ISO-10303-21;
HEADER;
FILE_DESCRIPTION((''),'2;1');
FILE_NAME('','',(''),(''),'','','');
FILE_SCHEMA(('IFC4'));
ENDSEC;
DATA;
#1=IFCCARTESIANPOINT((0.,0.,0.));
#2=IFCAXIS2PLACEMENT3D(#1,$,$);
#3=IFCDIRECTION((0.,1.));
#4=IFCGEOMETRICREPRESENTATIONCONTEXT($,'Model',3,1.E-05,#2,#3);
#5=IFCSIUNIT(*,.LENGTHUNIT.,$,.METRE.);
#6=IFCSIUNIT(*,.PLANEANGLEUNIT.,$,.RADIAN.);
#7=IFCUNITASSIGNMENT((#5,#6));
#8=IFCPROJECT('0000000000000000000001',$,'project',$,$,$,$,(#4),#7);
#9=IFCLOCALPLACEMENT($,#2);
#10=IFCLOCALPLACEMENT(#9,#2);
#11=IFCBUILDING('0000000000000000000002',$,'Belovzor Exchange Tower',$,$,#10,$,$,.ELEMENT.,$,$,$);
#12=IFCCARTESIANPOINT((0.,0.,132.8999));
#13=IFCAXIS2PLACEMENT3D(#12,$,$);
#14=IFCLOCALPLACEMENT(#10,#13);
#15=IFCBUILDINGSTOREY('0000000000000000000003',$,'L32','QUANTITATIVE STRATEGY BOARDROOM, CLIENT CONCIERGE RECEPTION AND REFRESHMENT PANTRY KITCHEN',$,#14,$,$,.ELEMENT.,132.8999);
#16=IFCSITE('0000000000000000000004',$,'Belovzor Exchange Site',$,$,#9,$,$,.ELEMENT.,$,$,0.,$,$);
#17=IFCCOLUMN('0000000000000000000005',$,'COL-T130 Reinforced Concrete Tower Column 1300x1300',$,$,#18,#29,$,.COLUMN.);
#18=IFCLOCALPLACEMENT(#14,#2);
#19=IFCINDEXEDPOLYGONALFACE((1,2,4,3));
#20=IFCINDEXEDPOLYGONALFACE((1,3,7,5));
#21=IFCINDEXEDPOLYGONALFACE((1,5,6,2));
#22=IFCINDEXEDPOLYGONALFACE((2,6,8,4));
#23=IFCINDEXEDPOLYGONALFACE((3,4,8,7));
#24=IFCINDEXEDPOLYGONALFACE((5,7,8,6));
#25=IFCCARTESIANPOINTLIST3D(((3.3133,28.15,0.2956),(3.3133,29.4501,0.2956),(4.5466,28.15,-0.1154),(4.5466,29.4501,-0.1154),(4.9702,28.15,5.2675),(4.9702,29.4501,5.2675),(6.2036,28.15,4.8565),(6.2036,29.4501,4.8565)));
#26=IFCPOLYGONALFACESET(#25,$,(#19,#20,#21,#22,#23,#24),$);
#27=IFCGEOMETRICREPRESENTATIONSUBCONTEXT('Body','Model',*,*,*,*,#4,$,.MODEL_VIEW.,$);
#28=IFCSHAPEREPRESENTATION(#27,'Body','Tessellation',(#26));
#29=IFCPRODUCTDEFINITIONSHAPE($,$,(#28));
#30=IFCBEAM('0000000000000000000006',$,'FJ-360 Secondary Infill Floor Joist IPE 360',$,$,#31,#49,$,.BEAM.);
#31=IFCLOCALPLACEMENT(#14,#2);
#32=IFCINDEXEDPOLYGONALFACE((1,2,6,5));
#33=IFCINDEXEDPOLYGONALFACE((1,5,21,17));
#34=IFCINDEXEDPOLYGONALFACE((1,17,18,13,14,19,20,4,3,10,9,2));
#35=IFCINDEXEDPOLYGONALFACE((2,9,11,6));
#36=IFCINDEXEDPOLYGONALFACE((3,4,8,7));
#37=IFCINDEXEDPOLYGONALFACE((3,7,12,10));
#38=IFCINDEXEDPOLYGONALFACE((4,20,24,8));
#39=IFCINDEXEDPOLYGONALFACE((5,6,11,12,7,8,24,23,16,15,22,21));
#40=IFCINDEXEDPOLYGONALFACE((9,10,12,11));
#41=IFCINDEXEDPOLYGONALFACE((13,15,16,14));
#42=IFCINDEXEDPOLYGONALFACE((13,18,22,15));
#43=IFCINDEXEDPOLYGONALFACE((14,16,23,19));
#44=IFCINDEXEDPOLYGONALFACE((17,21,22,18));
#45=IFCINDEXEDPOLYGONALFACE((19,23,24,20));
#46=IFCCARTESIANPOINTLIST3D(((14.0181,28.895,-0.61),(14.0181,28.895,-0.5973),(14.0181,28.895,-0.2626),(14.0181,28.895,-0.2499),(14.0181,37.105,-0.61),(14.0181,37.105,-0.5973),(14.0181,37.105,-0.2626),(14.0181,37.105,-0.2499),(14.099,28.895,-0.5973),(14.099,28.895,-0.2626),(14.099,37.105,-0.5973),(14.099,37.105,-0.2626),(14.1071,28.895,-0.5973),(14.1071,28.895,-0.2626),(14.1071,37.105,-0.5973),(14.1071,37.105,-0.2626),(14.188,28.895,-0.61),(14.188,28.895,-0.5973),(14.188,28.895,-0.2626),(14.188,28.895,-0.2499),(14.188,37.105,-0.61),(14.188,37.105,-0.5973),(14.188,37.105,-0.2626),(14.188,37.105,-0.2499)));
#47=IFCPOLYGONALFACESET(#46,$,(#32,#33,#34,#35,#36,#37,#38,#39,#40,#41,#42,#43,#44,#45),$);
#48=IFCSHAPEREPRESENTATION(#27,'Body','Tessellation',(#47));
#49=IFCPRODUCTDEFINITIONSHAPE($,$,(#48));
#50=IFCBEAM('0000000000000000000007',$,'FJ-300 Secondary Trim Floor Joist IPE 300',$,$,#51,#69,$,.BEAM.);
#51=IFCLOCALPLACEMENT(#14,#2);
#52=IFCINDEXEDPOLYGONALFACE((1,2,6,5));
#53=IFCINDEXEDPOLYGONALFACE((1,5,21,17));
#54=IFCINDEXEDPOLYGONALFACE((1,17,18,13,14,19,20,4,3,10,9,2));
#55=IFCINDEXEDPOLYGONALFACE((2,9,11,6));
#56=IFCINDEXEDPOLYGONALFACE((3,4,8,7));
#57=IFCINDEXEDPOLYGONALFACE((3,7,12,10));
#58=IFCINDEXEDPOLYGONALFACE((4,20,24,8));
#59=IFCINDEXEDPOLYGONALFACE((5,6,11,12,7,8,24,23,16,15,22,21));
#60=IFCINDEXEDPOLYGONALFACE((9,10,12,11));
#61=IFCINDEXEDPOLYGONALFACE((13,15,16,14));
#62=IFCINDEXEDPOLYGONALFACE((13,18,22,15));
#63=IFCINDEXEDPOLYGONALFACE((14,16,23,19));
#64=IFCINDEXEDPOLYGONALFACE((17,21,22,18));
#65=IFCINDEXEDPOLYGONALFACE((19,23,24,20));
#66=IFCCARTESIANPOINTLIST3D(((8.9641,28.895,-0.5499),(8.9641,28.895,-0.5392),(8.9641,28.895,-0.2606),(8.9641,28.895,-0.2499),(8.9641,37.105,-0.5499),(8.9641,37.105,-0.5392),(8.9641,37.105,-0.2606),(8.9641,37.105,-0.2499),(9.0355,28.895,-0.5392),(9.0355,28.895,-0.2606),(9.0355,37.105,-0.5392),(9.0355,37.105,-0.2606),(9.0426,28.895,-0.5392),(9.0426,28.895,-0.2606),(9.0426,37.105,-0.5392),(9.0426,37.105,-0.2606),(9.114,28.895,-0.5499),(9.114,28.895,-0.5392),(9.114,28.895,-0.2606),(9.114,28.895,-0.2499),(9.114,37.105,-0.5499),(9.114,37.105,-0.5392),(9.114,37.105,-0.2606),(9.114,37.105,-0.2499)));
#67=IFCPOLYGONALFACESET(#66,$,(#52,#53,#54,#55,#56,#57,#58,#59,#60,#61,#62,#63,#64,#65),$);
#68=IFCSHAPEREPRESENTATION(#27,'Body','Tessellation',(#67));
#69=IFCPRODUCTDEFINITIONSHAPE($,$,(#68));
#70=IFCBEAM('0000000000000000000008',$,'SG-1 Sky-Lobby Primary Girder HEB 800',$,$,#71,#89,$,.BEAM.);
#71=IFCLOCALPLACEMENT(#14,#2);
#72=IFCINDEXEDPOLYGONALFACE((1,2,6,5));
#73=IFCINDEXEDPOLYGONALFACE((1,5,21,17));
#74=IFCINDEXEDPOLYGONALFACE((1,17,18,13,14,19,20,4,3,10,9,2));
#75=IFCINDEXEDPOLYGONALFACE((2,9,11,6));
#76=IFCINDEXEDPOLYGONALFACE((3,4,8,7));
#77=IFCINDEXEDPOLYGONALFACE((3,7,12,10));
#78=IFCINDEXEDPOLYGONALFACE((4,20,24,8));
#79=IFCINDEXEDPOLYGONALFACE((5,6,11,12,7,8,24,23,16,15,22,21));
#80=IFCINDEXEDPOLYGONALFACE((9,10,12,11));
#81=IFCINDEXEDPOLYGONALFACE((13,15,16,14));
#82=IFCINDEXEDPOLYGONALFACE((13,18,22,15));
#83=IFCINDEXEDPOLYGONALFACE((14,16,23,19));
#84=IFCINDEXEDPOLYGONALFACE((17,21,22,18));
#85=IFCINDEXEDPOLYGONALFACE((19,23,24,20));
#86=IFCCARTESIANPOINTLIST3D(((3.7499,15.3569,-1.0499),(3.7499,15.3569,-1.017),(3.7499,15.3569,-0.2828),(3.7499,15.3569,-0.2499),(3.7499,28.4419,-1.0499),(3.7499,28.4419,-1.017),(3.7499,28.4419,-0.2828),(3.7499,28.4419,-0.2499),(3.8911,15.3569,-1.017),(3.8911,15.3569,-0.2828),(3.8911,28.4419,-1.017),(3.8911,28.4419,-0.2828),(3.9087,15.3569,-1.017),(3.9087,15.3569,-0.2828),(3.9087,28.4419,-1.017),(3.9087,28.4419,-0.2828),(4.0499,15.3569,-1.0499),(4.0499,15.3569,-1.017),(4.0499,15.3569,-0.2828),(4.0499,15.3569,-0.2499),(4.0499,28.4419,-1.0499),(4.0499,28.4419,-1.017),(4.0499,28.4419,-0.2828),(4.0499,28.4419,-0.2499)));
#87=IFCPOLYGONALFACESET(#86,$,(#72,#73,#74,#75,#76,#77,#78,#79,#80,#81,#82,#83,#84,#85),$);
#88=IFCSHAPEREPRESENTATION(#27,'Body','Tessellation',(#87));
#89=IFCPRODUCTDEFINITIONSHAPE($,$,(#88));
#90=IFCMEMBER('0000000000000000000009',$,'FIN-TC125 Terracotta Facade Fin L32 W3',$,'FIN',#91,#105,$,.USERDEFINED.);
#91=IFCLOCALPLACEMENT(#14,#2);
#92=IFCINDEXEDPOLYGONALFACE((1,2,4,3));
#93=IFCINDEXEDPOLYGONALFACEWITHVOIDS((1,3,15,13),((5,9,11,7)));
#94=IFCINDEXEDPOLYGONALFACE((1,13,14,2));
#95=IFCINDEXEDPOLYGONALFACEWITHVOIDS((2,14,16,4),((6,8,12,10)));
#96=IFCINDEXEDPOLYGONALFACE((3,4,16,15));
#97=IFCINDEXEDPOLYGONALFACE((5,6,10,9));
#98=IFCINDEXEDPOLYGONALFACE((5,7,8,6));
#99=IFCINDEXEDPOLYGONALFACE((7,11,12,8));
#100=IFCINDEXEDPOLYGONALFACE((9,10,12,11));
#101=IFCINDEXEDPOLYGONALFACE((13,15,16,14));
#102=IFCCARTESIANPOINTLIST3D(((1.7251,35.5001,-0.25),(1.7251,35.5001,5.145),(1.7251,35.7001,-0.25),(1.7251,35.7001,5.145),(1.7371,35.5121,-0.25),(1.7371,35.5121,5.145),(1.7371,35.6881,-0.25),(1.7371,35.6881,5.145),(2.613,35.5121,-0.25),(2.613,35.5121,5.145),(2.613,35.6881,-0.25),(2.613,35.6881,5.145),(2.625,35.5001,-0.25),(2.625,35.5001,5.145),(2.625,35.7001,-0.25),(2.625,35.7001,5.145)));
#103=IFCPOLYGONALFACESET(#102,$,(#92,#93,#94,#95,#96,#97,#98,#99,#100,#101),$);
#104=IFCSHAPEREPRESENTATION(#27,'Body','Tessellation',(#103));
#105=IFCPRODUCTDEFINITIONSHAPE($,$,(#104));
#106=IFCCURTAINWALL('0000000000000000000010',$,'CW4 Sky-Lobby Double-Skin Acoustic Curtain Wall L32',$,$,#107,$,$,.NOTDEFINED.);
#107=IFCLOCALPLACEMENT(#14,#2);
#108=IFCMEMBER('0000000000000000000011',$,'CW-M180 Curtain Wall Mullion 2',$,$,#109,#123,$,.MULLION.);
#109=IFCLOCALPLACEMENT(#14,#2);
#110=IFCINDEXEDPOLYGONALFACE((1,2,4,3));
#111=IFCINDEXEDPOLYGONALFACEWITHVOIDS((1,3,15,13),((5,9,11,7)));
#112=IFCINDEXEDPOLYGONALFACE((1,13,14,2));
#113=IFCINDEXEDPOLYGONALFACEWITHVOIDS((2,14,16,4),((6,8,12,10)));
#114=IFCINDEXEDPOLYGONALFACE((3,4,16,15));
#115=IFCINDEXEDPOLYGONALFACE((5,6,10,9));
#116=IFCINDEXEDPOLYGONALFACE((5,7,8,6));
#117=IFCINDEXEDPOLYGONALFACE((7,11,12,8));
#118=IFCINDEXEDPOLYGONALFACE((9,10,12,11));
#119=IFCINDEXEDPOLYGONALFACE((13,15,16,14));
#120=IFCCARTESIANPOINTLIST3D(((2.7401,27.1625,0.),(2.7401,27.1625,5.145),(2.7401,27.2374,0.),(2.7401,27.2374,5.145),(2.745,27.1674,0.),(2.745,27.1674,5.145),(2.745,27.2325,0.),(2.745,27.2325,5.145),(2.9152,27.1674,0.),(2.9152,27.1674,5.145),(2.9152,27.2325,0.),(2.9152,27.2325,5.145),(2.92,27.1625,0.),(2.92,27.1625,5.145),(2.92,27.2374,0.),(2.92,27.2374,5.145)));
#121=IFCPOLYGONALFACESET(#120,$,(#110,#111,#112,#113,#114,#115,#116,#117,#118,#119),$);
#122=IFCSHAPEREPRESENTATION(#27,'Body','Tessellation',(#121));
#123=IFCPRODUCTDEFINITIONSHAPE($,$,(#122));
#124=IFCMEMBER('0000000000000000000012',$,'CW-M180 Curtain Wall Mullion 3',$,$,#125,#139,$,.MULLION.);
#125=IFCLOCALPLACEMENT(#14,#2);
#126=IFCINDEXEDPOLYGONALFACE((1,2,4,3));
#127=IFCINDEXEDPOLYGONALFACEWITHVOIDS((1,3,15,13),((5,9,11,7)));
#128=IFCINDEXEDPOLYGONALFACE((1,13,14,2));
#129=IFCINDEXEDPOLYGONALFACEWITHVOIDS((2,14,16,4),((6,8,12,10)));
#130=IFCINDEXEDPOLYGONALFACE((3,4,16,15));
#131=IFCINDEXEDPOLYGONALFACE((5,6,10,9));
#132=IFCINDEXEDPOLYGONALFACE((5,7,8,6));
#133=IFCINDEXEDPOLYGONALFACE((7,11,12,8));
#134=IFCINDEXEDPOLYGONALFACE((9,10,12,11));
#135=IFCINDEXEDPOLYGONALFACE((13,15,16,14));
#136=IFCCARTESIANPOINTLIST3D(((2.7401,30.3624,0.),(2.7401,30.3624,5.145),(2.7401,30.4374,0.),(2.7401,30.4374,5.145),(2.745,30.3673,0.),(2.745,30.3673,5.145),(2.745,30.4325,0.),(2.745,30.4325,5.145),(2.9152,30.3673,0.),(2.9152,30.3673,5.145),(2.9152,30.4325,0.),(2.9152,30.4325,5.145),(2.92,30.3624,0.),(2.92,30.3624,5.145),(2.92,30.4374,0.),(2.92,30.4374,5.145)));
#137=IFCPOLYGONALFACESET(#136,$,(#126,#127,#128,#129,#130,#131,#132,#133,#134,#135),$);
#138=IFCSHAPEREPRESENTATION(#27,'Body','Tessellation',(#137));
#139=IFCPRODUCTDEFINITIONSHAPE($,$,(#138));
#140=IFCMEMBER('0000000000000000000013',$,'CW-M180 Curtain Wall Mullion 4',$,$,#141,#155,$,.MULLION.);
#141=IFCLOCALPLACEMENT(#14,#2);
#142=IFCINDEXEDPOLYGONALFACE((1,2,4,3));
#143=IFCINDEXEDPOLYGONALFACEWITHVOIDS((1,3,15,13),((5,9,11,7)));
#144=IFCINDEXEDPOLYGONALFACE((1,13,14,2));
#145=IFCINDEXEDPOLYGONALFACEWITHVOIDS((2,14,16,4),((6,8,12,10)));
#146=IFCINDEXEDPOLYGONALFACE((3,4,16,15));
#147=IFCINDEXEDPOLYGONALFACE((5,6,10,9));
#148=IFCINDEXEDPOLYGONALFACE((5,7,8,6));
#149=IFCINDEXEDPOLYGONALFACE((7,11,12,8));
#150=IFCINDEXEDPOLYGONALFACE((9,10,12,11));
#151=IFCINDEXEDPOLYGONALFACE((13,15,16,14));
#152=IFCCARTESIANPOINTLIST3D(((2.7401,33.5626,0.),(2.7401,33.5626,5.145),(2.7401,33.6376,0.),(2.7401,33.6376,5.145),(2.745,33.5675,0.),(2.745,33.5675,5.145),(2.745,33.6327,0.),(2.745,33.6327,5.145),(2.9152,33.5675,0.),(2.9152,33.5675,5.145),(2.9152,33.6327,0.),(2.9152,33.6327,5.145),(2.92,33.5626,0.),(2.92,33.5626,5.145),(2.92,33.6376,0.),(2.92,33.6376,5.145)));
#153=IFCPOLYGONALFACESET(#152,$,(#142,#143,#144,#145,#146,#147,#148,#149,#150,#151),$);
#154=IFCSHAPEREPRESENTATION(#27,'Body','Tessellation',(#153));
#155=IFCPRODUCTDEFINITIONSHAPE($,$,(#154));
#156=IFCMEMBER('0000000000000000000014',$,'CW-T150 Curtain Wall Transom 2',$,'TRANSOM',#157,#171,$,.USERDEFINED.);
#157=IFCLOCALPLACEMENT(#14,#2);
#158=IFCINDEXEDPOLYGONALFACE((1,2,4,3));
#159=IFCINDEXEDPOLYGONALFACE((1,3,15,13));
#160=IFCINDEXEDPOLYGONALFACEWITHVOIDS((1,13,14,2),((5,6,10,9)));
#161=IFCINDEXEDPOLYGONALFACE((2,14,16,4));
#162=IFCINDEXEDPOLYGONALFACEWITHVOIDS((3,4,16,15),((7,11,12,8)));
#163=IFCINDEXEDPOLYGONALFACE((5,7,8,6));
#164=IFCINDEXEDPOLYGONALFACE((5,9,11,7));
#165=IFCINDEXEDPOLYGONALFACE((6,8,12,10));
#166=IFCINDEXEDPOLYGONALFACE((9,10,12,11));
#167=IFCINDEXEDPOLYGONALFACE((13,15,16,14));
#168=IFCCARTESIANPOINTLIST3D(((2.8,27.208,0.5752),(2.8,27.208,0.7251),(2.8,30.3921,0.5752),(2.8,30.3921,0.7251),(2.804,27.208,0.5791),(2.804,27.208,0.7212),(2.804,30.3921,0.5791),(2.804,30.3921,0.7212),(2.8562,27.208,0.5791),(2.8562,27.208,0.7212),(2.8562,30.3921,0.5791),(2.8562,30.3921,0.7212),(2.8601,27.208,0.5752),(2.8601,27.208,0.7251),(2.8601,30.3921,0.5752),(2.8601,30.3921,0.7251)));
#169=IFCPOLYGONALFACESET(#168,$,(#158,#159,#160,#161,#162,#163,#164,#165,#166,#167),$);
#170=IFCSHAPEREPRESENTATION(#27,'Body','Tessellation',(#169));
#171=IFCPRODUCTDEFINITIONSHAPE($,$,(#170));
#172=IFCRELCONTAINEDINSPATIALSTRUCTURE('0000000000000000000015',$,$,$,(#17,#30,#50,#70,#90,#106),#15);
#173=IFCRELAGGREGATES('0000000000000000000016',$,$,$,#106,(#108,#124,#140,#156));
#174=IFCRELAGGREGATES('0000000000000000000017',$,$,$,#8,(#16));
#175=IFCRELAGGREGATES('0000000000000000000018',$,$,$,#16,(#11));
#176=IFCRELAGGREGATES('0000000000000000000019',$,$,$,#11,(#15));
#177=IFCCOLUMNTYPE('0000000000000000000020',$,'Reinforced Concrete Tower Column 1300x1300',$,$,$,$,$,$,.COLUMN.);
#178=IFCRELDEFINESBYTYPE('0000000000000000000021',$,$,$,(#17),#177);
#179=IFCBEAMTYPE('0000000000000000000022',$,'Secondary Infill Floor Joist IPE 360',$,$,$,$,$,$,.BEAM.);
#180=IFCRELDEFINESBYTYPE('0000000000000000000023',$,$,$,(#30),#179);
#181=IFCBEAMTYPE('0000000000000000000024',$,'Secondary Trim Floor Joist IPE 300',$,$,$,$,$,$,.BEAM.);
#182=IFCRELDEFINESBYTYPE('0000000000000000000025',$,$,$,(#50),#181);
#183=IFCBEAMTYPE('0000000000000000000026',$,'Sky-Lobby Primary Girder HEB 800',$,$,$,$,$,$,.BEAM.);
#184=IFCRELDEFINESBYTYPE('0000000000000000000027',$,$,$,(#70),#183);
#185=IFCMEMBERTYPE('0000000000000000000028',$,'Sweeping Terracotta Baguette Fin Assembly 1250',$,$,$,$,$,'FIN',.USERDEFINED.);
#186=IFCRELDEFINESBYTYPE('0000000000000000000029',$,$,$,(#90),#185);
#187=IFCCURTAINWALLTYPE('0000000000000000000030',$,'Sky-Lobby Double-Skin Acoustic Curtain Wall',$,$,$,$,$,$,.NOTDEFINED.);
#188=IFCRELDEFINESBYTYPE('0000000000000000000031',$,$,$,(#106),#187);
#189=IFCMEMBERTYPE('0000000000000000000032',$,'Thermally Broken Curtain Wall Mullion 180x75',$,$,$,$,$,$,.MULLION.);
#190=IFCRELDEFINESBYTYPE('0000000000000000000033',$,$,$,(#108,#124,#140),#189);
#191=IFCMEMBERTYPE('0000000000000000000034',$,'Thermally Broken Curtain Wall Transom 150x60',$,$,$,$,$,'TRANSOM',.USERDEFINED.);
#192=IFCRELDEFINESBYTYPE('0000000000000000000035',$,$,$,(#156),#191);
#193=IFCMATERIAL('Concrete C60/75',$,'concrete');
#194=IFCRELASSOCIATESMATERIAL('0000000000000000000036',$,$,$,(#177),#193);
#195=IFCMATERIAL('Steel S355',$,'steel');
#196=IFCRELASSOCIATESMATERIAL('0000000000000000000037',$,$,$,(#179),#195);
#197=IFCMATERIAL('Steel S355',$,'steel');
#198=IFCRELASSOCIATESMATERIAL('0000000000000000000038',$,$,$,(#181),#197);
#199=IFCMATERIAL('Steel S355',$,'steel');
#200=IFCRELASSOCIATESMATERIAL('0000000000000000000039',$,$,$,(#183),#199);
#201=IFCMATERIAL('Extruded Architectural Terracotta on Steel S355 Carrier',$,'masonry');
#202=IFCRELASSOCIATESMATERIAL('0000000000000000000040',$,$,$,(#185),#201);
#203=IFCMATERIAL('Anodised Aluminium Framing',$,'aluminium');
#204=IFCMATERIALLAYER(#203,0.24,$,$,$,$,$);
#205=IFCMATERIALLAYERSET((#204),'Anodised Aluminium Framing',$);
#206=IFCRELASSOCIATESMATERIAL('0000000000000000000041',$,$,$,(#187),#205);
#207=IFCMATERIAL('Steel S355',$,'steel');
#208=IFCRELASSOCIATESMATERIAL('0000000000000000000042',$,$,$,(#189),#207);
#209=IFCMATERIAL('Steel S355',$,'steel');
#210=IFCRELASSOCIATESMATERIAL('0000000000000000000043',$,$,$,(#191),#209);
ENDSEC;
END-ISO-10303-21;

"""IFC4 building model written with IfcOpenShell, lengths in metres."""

from ifc_helpers import new_model, si_unit, direction, frame, origin, origin_2d, place, context, subcontext, project, spatial, rectangle, hollow_rectangle, i_section, extrude, material, layer, layer_set, material_profile, profile_set, type_object, element, aggregate, save


model = new_model("IFC4")

# Units and contexts
model_context = context("Model", 3, precision=1e-05, world=origin(), true_north=direction((0.0, 1.0)))
body_context = subcontext(model_context, "Body", "Model", "MODEL_VIEW")
ifc_project = project(units=[si_unit("LENGTHUNIT", "METRE"), si_unit("PLANEANGLEUNIT", "RADIAN")], contexts=[model_context])

# Site, building, storey
site_placement = place(None, origin())
site = spatial("IfcSite", under=ifc_project, at=site_placement, Name="Belovzor Exchange Site", CompositionType="ELEMENT", RefElevation=0.0)
building_placement = place(site_placement, origin())
building = spatial("IfcBuilding", under=site, at=building_placement, Name="Belovzor Exchange Tower", CompositionType="ELEMENT")
storey_placement = place(building_placement, frame((0.0, 0.0, 132.8999)))
storey = spatial("IfcBuildingStorey", under=building, at=storey_placement, Name="L32", Description="QUANTITATIVE STRATEGY BOARDROOM, CLIENT CONCIERGE RECEPTION AND REFRESHMENT PANTRY KITCHEN", CompositionType="ELEMENT", Elevation=132.8999)

# Column
ifc_material_1 = material(Name="Concrete C60/75", Category="concrete")
ifc_material_profile_1 = material_profile(ifc_material_1, rectangle(XDim=1.3, YDim=1.3, at=origin_2d()))
ifc_profile_set_1 = profile_set([ifc_material_profile_1], Name="Concrete C60/75")
column_type = type_object("IfcColumnType", Name="Reinforced Concrete Tower Column 1300x1300", PredefinedType="COLUMN", material=ifc_profile_set_1)
column_placement = place(storey_placement, frame((3.9299, 28.8, 0.0901), z_axis=(0.316172, 0.0, 0.948702), x_axis=(0.0, 1.0, 0.0)))
element("IfcColumn", 1, at=column_placement, inside=storey, type_object=column_type, Name="COL-T130 Reinforced Concrete Tower Column 1300x1300", PredefinedType="COLUMN", context=body_context, shape_type="SweptSolid", body=[
    extrude(rectangle(XDim=1.3, YDim=1.3, at=origin_2d()), origin(), (0.0, 0.0, 1.0), 5.2407),
])

# Beams
ifc_material_2 = material(Name="Steel S355", Category="steel")
ifc_material_profile_2 = material_profile(ifc_material_2, i_section(OverallWidth=0.1699, OverallDepth=0.3601, WebThickness=0.0081, FlangeThickness=0.0127, at=origin_2d()))
ifc_profile_set_2 = profile_set([ifc_material_profile_2], Name="Steel S355")
beam_type_1 = type_object("IfcBeamType", Name="Secondary Infill Floor Joist IPE 360", PredefinedType="BEAM", material=ifc_profile_set_2)
beam_1_placement = place(storey_placement, frame((14.103, 28.895, -0.4299), z_axis=(0.0, 1.0, 0.0), x_axis=(-1.0, 0.0, 0.0)))
element("IfcBeam", 2, at=beam_1_placement, inside=storey, type_object=beam_type_1, Name="FJ-360 Secondary Infill Floor Joist IPE 360", PredefinedType="BEAM", context=body_context, shape_type="SweptSolid", body=[
    extrude(i_section(OverallWidth=0.1699, OverallDepth=0.3601, WebThickness=0.0081, FlangeThickness=0.0127, at=origin_2d()), origin(), (0.0, 0.0, 1.0), 8.21),
])
ifc_material_3 = material(Name="Steel S355", Category="steel")
ifc_material_profile_3 = material_profile(ifc_material_3, i_section(OverallWidth=0.1499, OverallDepth=0.3, WebThickness=0.0071, FlangeThickness=0.0107, at=origin_2d()))
ifc_profile_set_3 = profile_set([ifc_material_profile_3], Name="Steel S355")
beam_type_2 = type_object("IfcBeamType", Name="Secondary Trim Floor Joist IPE 300", PredefinedType="BEAM", material=ifc_profile_set_3)
beam_2_placement = place(storey_placement, frame((9.0391, 28.895, -0.3999), z_axis=(0.0, 1.0, 0.0), x_axis=(-1.0, 0.0, 0.0)))
element("IfcBeam", 3, at=beam_2_placement, inside=storey, type_object=beam_type_2, Name="FJ-300 Secondary Trim Floor Joist IPE 300", PredefinedType="BEAM", context=body_context, shape_type="SweptSolid", body=[
    extrude(i_section(OverallWidth=0.1499, OverallDepth=0.3, WebThickness=0.0071, FlangeThickness=0.0107, at=origin_2d()), origin(), (0.0, 0.0, 1.0), 8.21),
])
ifc_material_4 = material(Name="Steel S355", Category="steel")
ifc_material_profile_4 = material_profile(ifc_material_4, i_section(OverallWidth=0.3, OverallDepth=0.8, WebThickness=0.0176, FlangeThickness=0.033, at=origin_2d()))
ifc_profile_set_4 = profile_set([ifc_material_profile_4], Name="Steel S355")
beam_type_3 = type_object("IfcBeamType", Name="Sky-Lobby Primary Girder HEB 800", PredefinedType="BEAM", material=ifc_profile_set_4)
beam_3_placement = place(storey_placement, frame((3.8999, 28.4419, -0.6499), z_axis=(0.0, -1.0, 0.0), x_axis=(1.0, 0.0, 0.0)))
element("IfcBeam", 4, at=beam_3_placement, inside=storey, type_object=beam_type_3, Name="SG-1 Sky-Lobby Primary Girder HEB 800", PredefinedType="BEAM", context=body_context, shape_type="SweptSolid", body=[
    extrude(i_section(OverallWidth=0.3, OverallDepth=0.8, WebThickness=0.0176, FlangeThickness=0.033, at=origin_2d()), origin(), (0.0, 0.0, 1.0), 13.085),
])

# Member
ifc_material_5 = material(Name="Extruded Architectural Terracotta on Steel S355 Carrier", Category="masonry")
ifc_material_profile_5 = material_profile(ifc_material_5, hollow_rectangle(XDim=0.2, YDim=0.8999, WallThickness=0.012, at=origin_2d()))
ifc_profile_set_5 = profile_set([ifc_material_profile_5], Name="Extruded Architectural Terracotta on Steel S355 Carrier")
member_type_1 = type_object("IfcMemberType", Name="Sweeping Terracotta Baguette Fin Assembly 1250", ElementType="FIN", PredefinedType="USERDEFINED", material=ifc_profile_set_5)
member_1_placement = place(storey_placement, frame((2.175, 35.6001, -0.25), z_axis=(0.0, 0.0, 1.0), x_axis=(0.0, 1.0, 0.0)))
element("IfcMember", 5, at=member_1_placement, inside=storey, type_object=member_type_1, Name="FIN-TC125 Terracotta Facade Fin L32 W3", ObjectType="FIN", PredefinedType="USERDEFINED", context=body_context, shape_type="SweptSolid", body=[
    extrude(hollow_rectangle(XDim=0.2, YDim=0.8999, WallThickness=0.012, at=origin_2d()), origin(), (0.0, 0.0, 1.0), 5.395),
])

# Curtain wall, members
ifc_material_6 = material(Name="Anodised Aluminium Framing", Category="aluminium")
ifc_layer_1 = layer(ifc_material_6, 0.24)
ifc_layer_set_1 = layer_set([ifc_layer_1], Name="Anodised Aluminium Framing")
curtain_wall_type = type_object("IfcCurtainWallType", Name="Sky-Lobby Double-Skin Acoustic Curtain Wall", PredefinedType="NOTDEFINED", material=ifc_layer_set_1)
curtain_wall_placement = place(storey_placement, origin())
curtain_wall = element("IfcCurtainWall", 6, at=curtain_wall_placement, inside=storey, type_object=curtain_wall_type, Name="CW4 Sky-Lobby Double-Skin Acoustic Curtain Wall L32", PredefinedType="NOTDEFINED")
ifc_material_7 = material(Name="Steel S355", Category="steel")
ifc_material_profile_6 = material_profile(ifc_material_7, hollow_rectangle(XDim=0.075, YDim=0.1799, WallThickness=0.0049, at=origin_2d()))
ifc_profile_set_6 = profile_set([ifc_material_profile_6], Name="Steel S355")
member_type_2 = type_object("IfcMemberType", Name="Thermally Broken Curtain Wall Mullion 180x75", PredefinedType="MULLION", material=ifc_profile_set_6)
member_2_placement = place(storey_placement, frame((2.8301, 27.2, 0.0), z_axis=(0.0, 0.0, 1.0), x_axis=(0.0, 1.0, 0.0)))
member_2 = element("IfcMember", 7, at=member_2_placement, type_object=member_type_2, Name="CW-M180 Curtain Wall Mullion 2", PredefinedType="MULLION", context=body_context, shape_type="SweptSolid", body=[
    extrude(hollow_rectangle(XDim=0.075, YDim=0.1799, WallThickness=0.0049, at=origin_2d()), origin(), (0.0, 0.0, 1.0), 5.145),
])
member_3_placement = place(storey_placement, frame((2.8301, 30.3999, 0.0), z_axis=(0.0, 0.0, 1.0), x_axis=(0.0, 1.0, 0.0)))
member_3 = element("IfcMember", 8, at=member_3_placement, type_object=member_type_2, Name="CW-M180 Curtain Wall Mullion 3", PredefinedType="MULLION", context=body_context, shape_type="SweptSolid", body=[
    extrude(hollow_rectangle(XDim=0.075, YDim=0.1799, WallThickness=0.0049, at=origin_2d()), origin(), (0.0, 0.0, 1.0), 5.145),
])
member_4_placement = place(storey_placement, frame((2.8301, 33.6001, 0.0), z_axis=(0.0, 0.0, 1.0), x_axis=(0.0, 1.0, 0.0)))
member_4 = element("IfcMember", 9, at=member_4_placement, type_object=member_type_2, Name="CW-M180 Curtain Wall Mullion 4", PredefinedType="MULLION", context=body_context, shape_type="SweptSolid", body=[
    extrude(hollow_rectangle(XDim=0.075, YDim=0.1799, WallThickness=0.0049, at=origin_2d()), origin(), (0.0, 0.0, 1.0), 5.145),
])
ifc_material_8 = material(Name="Steel S355", Category="steel")
ifc_material_profile_7 = material_profile(ifc_material_8, hollow_rectangle(XDim=0.0601, YDim=0.1499, WallThickness=0.0039, at=origin_2d()))
ifc_profile_set_7 = profile_set([ifc_material_profile_7], Name="Steel S355")
member_type_3 = type_object("IfcMemberType", Name="Thermally Broken Curtain Wall Transom 150x60", ElementType="TRANSOM", PredefinedType="USERDEFINED", material=ifc_profile_set_7)
member_5_placement = place(storey_placement, frame((2.8301, 27.208, 0.6501), z_axis=(0.0, 1.0, 0.0), x_axis=(-1.0, 0.0, 0.0)))
member_5 = element("IfcMember", 10, at=member_5_placement, type_object=member_type_3, Name="CW-T150 Curtain Wall Transom 2", ObjectType="TRANSOM", PredefinedType="USERDEFINED", context=body_context, shape_type="SweptSolid", body=[
    extrude(hollow_rectangle(XDim=0.0601, YDim=0.1499, WallThickness=0.0039, at=origin_2d()), origin(), (0.0, 0.0, 1.0), 3.1841),
])

aggregate(curtain_wall, [member_2, member_3, member_4, member_5])

save(model, "model.ifc")
